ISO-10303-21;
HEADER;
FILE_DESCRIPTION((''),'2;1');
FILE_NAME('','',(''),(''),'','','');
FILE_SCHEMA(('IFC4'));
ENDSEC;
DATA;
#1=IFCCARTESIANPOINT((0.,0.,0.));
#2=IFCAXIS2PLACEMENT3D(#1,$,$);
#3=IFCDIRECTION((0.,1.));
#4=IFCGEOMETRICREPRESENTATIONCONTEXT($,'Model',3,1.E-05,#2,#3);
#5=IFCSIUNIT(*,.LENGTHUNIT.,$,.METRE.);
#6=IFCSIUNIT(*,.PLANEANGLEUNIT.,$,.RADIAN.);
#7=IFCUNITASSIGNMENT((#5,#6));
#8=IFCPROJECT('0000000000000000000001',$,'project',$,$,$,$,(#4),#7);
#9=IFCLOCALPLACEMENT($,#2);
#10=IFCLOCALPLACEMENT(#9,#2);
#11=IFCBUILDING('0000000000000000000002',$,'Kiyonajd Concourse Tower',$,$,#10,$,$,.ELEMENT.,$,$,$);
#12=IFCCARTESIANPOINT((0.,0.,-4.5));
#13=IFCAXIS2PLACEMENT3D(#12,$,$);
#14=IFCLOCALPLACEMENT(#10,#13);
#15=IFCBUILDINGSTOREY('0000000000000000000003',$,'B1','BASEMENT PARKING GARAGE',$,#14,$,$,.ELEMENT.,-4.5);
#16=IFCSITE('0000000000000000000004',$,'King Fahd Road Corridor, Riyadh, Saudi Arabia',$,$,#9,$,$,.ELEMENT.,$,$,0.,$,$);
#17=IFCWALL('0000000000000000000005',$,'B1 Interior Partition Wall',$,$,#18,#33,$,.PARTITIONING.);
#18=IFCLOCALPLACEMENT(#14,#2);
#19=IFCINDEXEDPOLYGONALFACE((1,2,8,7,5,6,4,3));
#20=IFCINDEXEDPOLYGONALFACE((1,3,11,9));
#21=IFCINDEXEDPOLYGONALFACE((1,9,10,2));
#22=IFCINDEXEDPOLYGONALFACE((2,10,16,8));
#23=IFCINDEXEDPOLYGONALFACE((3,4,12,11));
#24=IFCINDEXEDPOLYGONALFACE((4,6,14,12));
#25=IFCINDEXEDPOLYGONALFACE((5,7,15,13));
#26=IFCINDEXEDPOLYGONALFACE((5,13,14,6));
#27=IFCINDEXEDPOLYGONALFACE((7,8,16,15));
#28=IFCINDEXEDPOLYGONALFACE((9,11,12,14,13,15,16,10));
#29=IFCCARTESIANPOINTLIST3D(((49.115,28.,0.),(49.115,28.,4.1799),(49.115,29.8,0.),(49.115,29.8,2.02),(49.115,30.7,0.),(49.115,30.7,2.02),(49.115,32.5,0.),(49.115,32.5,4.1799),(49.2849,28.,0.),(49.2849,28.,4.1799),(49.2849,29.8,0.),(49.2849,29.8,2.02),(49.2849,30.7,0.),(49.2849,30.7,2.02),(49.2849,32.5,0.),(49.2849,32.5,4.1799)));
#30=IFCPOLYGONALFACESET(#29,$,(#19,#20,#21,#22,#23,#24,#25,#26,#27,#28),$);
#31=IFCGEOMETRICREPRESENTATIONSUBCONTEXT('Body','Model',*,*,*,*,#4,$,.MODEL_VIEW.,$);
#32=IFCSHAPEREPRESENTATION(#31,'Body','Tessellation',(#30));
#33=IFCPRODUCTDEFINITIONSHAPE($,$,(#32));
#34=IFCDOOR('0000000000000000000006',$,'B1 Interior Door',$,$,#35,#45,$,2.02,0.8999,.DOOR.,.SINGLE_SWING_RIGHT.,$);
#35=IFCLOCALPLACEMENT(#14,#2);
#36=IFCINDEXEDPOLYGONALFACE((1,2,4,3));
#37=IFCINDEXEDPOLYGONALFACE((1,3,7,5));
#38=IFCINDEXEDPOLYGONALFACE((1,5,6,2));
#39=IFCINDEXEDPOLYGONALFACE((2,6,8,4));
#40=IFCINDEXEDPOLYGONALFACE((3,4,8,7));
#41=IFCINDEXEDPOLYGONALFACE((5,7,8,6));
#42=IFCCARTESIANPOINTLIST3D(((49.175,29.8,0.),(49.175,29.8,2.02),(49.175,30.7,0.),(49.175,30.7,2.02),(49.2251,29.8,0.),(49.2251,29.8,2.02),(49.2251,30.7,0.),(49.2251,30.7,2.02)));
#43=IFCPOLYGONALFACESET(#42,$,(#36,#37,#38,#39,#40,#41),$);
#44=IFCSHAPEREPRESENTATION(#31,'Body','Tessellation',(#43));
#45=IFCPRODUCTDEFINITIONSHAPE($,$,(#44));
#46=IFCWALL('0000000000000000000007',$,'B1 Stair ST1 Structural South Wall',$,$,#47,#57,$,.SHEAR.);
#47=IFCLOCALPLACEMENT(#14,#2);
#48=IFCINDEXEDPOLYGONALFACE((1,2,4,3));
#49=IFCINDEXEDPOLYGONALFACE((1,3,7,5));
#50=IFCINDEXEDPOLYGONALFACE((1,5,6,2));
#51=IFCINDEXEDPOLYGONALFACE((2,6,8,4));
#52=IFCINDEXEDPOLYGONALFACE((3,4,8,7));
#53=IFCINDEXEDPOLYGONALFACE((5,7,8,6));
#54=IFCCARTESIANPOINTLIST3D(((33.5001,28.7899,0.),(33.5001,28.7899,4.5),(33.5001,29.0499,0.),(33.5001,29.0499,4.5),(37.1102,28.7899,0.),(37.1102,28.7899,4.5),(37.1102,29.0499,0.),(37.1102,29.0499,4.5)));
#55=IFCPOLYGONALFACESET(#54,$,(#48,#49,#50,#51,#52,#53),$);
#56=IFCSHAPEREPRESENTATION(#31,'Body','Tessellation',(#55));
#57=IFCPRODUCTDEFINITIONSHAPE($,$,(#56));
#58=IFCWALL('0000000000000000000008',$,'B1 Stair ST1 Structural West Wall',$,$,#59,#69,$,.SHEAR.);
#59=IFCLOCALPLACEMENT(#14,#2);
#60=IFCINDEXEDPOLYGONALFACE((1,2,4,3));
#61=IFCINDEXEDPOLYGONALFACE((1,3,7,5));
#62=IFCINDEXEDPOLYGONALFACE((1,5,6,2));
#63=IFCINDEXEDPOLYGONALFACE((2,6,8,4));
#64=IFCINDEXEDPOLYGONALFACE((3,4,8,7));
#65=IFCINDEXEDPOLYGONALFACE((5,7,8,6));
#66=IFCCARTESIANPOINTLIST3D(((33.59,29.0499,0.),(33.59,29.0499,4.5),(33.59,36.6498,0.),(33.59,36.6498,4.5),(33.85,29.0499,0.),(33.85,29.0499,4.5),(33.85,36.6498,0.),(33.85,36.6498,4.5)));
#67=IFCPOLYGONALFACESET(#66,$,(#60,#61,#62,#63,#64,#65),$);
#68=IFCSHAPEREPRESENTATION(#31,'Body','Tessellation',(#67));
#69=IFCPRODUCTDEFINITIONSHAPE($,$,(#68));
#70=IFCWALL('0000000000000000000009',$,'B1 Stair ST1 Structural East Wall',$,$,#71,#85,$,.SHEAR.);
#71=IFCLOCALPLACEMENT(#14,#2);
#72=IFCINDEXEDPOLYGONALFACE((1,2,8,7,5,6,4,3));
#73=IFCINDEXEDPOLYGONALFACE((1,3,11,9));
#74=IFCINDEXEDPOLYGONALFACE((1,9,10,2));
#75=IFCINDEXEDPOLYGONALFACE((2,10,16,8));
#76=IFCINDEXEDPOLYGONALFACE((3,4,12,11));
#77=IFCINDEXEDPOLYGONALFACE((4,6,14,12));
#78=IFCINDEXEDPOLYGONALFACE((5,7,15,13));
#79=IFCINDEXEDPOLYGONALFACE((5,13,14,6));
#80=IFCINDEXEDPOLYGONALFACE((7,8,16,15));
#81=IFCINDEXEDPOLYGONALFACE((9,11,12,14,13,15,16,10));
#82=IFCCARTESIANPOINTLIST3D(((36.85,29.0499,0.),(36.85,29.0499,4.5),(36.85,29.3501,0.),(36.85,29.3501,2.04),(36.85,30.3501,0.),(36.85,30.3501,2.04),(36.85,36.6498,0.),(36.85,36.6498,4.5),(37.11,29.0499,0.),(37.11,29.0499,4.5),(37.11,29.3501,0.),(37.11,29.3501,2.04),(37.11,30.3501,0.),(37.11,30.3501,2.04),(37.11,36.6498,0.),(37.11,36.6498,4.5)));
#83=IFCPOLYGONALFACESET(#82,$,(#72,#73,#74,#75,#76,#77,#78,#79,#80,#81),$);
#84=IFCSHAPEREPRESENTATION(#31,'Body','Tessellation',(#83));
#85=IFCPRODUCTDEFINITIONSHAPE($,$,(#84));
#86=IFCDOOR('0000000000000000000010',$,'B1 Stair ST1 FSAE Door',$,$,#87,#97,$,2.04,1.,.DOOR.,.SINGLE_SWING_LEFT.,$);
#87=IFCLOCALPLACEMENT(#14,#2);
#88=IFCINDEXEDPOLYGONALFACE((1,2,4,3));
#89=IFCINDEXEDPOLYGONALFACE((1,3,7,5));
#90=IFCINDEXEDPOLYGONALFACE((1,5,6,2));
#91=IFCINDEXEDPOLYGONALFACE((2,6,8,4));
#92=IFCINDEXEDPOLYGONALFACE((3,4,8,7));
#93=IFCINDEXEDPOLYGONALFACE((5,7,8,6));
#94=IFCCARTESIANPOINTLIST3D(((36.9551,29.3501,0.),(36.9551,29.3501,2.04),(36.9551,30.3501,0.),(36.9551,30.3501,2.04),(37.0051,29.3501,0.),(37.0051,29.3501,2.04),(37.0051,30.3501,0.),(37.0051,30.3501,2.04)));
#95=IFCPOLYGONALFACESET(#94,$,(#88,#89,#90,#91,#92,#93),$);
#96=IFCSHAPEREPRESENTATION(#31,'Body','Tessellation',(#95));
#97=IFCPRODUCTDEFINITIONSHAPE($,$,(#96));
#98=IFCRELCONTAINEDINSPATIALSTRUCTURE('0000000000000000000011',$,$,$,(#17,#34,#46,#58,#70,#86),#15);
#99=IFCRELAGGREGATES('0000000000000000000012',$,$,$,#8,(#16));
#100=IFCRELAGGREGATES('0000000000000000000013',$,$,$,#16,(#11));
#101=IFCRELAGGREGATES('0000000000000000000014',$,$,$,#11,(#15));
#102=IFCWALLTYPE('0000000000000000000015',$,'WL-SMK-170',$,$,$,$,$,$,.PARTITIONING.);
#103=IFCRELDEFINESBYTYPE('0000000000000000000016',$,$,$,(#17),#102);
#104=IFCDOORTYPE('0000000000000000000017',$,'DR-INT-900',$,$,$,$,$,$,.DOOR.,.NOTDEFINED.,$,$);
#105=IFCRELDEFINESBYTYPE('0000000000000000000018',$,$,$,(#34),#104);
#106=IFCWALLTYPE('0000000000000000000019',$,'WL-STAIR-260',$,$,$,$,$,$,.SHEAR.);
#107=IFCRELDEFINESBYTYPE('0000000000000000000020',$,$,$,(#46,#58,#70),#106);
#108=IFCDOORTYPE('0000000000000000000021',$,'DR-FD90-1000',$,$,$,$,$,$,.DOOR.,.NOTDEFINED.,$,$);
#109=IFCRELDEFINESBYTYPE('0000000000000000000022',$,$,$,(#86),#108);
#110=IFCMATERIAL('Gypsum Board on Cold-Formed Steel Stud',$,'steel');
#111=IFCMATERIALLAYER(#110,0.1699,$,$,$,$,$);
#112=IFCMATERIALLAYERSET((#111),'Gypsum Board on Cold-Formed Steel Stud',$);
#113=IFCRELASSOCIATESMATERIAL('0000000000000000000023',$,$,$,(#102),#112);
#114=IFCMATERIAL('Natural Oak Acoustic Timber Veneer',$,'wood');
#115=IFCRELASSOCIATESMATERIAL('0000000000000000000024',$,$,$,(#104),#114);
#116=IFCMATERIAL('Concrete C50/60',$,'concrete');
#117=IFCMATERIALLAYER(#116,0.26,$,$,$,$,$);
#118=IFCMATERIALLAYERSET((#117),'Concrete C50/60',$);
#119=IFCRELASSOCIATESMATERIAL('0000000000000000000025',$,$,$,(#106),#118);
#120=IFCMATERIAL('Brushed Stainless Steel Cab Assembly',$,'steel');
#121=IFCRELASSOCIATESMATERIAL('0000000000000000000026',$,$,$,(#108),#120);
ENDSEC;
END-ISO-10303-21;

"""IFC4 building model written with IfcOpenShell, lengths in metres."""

from ifc_helpers import new_model, si_unit, direction, frame, frame_2d, origin, place, context, subcontext, project, spatial, rectangle, extrude, material, layer, layer_set, type_object, element, fill, save


model = new_model("IFC4")

# Units and contexts
model_context = context("Model", 3, precision=1e-05, world=origin(), true_north=direction((0.0, 1.0)))
body_context = subcontext(model_context, "Body", "Model", "MODEL_VIEW")
ifc_project = project(units=[si_unit("LENGTHUNIT", "METRE"), si_unit("PLANEANGLEUNIT", "RADIAN")], contexts=[model_context])

# Site, building, storey
site_placement = place(None, origin())
site = spatial("IfcSite", under=ifc_project, at=site_placement, Name="King Fahd Road Corridor, Riyadh, Saudi Arabia", CompositionType="ELEMENT", RefElevation=0.0)
building_placement = place(site_placement, origin())
building = spatial("IfcBuilding", under=site, at=building_placement, Name="Kiyonajd Concourse Tower", CompositionType="ELEMENT")
storey_placement = place(building_placement, frame((0.0, 0.0, -4.5)))
storey = spatial("IfcBuildingStorey", under=building, at=storey_placement, Name="B1", Description="BASEMENT PARKING GARAGE", CompositionType="ELEMENT", Elevation=-4.5)

# Shared definitions
ifc_material_1 = material(Name="Brushed Stainless Steel Cab Assembly", Category="steel")
ifc_material_2 = material(Name="Gypsum Board on Cold-Formed Steel Stud", Category="steel")

# Shared definitions
ifc_layer_1 = layer(ifc_material_2, 0.1699)
ifc_layer_set_1 = layer_set([ifc_layer_1], Name="Gypsum Board on Cold-Formed Steel Stud")
wall_type_1 = type_object("IfcWallType", Name="WL-SMK-170", PredefinedType="PARTITIONING", material=ifc_layer_set_1)
ifc_material_3 = material(Name="Natural Oak Acoustic Timber Veneer", Category="wood")
door_type_1 = type_object("IfcDoorType", Name="DR-INT-900", OperationType="NOTDEFINED", PredefinedType="DOOR", material=ifc_material_3)

# Wall, opening, door
wall_1_placement = place(storey_placement, frame((49.2, 28.0, 0.0), z_axis=(0.0, 0.0, 1.0), x_axis=(0.0, 1.0, 0.0)))
wall_1 = element("IfcWall", 1, at=wall_1_placement, inside=storey, type_object=wall_type_1, Name="B1 Interior Partition Wall", PredefinedType="PARTITIONING", context=body_context, shape_type="SweptSolid", body=[
    extrude(rectangle(XDim=4.5, YDim=0.1699, at=frame_2d((2.25, 0.0))), origin(), (0.0, 0.0, 1.0), 4.1799),
])
opening_1_placement = place(wall_1_placement, frame((1.8, 0.0, 0.0)))
opening_1 = element("IfcOpeningElement", 2, at=opening_1_placement, cuts=wall_1, PredefinedType="OPENING", context=body_context, shape_type="SweptSolid", body=[
    extrude(rectangle(XDim=0.8999, YDim=2.02, at=frame_2d((0.45, 1.01))), frame((0.0, 0.095, 0.0), z_axis=(0.0, -1.0, 0.0), x_axis=(1.0, 0.0, 0.0)), (0.0, 0.0, 1.0), 0.1899),
])
door_1_placement = place(opening_1_placement, origin())
door_1 = element("IfcDoor", 3, at=door_1_placement, inside=storey, type_object=door_type_1, Name="B1 Interior Door", OperationType="SINGLE_SWING_RIGHT", OverallHeight=2.02, OverallWidth=0.8999, PredefinedType="DOOR", context=body_context, shape_type="SweptSolid", body=[
    extrude(rectangle(XDim=0.8999, YDim=2.02, at=frame_2d((0.45, 1.01))), frame((0.0, 0.0249, 0.0), z_axis=(0.0, -1.0, 0.0), x_axis=(1.0, 0.0, 0.0)), (0.0, 0.0, 1.0), 0.05),
])
fill(opening_1, door_1)

# Walls
ifc_material_4 = material(Name="Concrete C50/60", Category="concrete")
ifc_layer_2 = layer(ifc_material_4, 0.26)
ifc_layer_set_2 = layer_set([ifc_layer_2], Name="Concrete C50/60")
wall_type_2 = type_object("IfcWallType", Name="WL-STAIR-260", PredefinedType="SHEAR", material=ifc_layer_set_2)
wall_2_placement = place(storey_placement, frame((33.5, 28.9199, 0.0), z_axis=(0.0, 0.0, 1.0), x_axis=(1.0, 0.0, 0.0)))
element("IfcWall", 4, at=wall_2_placement, inside=storey, type_object=wall_type_2, Name="B1 Stair ST1 Structural South Wall", PredefinedType="SHEAR", context=body_context, shape_type="SweptSolid", body=[
    extrude(rectangle(XDim=3.6101, YDim=0.26, at=frame_2d((1.8052, 0.0))), origin(), (0.0, 0.0, 1.0), 4.5),
])
wall_3_placement = place(storey_placement, frame((33.72, 29.05, 0.0), z_axis=(0.0, 0.0, 1.0), x_axis=(0.0, 1.0, 0.0)))
element("IfcWall", 5, at=wall_3_placement, inside=storey, type_object=wall_type_2, Name="B1 Stair ST1 Structural West Wall", PredefinedType="SHEAR", context=body_context, shape_type="SweptSolid", body=[
    extrude(rectangle(XDim=7.5999, YDim=0.26, at=frame_2d((3.7998, 0.0))), origin(), (0.0, 0.0, 1.0), 4.5),
])

# Wall, opening, door
wall_4_placement = place(storey_placement, frame((36.98, 29.05, 0.0), z_axis=(0.0, 0.0, 1.0), x_axis=(0.0, 1.0, 0.0)))
wall_4 = element("IfcWall", 6, at=wall_4_placement, inside=storey, type_object=wall_type_2, Name="B1 Stair ST1 Structural East Wall", PredefinedType="SHEAR", context=body_context, shape_type="SweptSolid", body=[
    extrude(rectangle(XDim=7.5999, YDim=0.26, at=frame_2d((3.7998, 0.0))), origin(), (0.0, 0.0, 1.0), 4.5),
])
opening_2_placement = place(wall_4_placement, frame((0.3, 0.0, 0.0)))
opening_2 = element("IfcOpeningElement", 7, at=opening_2_placement, cuts=wall_4, PredefinedType="OPENING", context=body_context, shape_type="SweptSolid", body=[
    extrude(rectangle(XDim=1.0, YDim=2.04, at=frame_2d((0.5, 1.02))), frame((0.0, 0.1399, 0.0), z_axis=(0.0, -1.0, 0.0), x_axis=(1.0, 0.0, 0.0)), (0.0, 0.0, 1.0), 0.28),
])
door_type_2 = type_object("IfcDoorType", Name="DR-FD90-1000", OperationType="NOTDEFINED", PredefinedType="DOOR", material=ifc_material_1)
door_2_placement = place(opening_2_placement, origin())
door_2 = element("IfcDoor", 8, at=door_2_placement, inside=storey, type_object=door_type_2, Name="B1 Stair ST1 FSAE Door", OperationType="SINGLE_SWING_LEFT", OverallHeight=2.04, OverallWidth=1.0, PredefinedType="DOOR", context=body_context, shape_type="SweptSolid", body=[
    extrude(rectangle(XDim=1.0, YDim=2.04, at=frame_2d((0.5, 1.02))), frame((0.0, 0.0249, 0.0), z_axis=(0.0, -1.0, 0.0), x_axis=(1.0, 0.0, 0.0)), (0.0, 0.0, 1.0), 0.05),
])
fill(opening_2, door_2)

save(model, "model.ifc")
